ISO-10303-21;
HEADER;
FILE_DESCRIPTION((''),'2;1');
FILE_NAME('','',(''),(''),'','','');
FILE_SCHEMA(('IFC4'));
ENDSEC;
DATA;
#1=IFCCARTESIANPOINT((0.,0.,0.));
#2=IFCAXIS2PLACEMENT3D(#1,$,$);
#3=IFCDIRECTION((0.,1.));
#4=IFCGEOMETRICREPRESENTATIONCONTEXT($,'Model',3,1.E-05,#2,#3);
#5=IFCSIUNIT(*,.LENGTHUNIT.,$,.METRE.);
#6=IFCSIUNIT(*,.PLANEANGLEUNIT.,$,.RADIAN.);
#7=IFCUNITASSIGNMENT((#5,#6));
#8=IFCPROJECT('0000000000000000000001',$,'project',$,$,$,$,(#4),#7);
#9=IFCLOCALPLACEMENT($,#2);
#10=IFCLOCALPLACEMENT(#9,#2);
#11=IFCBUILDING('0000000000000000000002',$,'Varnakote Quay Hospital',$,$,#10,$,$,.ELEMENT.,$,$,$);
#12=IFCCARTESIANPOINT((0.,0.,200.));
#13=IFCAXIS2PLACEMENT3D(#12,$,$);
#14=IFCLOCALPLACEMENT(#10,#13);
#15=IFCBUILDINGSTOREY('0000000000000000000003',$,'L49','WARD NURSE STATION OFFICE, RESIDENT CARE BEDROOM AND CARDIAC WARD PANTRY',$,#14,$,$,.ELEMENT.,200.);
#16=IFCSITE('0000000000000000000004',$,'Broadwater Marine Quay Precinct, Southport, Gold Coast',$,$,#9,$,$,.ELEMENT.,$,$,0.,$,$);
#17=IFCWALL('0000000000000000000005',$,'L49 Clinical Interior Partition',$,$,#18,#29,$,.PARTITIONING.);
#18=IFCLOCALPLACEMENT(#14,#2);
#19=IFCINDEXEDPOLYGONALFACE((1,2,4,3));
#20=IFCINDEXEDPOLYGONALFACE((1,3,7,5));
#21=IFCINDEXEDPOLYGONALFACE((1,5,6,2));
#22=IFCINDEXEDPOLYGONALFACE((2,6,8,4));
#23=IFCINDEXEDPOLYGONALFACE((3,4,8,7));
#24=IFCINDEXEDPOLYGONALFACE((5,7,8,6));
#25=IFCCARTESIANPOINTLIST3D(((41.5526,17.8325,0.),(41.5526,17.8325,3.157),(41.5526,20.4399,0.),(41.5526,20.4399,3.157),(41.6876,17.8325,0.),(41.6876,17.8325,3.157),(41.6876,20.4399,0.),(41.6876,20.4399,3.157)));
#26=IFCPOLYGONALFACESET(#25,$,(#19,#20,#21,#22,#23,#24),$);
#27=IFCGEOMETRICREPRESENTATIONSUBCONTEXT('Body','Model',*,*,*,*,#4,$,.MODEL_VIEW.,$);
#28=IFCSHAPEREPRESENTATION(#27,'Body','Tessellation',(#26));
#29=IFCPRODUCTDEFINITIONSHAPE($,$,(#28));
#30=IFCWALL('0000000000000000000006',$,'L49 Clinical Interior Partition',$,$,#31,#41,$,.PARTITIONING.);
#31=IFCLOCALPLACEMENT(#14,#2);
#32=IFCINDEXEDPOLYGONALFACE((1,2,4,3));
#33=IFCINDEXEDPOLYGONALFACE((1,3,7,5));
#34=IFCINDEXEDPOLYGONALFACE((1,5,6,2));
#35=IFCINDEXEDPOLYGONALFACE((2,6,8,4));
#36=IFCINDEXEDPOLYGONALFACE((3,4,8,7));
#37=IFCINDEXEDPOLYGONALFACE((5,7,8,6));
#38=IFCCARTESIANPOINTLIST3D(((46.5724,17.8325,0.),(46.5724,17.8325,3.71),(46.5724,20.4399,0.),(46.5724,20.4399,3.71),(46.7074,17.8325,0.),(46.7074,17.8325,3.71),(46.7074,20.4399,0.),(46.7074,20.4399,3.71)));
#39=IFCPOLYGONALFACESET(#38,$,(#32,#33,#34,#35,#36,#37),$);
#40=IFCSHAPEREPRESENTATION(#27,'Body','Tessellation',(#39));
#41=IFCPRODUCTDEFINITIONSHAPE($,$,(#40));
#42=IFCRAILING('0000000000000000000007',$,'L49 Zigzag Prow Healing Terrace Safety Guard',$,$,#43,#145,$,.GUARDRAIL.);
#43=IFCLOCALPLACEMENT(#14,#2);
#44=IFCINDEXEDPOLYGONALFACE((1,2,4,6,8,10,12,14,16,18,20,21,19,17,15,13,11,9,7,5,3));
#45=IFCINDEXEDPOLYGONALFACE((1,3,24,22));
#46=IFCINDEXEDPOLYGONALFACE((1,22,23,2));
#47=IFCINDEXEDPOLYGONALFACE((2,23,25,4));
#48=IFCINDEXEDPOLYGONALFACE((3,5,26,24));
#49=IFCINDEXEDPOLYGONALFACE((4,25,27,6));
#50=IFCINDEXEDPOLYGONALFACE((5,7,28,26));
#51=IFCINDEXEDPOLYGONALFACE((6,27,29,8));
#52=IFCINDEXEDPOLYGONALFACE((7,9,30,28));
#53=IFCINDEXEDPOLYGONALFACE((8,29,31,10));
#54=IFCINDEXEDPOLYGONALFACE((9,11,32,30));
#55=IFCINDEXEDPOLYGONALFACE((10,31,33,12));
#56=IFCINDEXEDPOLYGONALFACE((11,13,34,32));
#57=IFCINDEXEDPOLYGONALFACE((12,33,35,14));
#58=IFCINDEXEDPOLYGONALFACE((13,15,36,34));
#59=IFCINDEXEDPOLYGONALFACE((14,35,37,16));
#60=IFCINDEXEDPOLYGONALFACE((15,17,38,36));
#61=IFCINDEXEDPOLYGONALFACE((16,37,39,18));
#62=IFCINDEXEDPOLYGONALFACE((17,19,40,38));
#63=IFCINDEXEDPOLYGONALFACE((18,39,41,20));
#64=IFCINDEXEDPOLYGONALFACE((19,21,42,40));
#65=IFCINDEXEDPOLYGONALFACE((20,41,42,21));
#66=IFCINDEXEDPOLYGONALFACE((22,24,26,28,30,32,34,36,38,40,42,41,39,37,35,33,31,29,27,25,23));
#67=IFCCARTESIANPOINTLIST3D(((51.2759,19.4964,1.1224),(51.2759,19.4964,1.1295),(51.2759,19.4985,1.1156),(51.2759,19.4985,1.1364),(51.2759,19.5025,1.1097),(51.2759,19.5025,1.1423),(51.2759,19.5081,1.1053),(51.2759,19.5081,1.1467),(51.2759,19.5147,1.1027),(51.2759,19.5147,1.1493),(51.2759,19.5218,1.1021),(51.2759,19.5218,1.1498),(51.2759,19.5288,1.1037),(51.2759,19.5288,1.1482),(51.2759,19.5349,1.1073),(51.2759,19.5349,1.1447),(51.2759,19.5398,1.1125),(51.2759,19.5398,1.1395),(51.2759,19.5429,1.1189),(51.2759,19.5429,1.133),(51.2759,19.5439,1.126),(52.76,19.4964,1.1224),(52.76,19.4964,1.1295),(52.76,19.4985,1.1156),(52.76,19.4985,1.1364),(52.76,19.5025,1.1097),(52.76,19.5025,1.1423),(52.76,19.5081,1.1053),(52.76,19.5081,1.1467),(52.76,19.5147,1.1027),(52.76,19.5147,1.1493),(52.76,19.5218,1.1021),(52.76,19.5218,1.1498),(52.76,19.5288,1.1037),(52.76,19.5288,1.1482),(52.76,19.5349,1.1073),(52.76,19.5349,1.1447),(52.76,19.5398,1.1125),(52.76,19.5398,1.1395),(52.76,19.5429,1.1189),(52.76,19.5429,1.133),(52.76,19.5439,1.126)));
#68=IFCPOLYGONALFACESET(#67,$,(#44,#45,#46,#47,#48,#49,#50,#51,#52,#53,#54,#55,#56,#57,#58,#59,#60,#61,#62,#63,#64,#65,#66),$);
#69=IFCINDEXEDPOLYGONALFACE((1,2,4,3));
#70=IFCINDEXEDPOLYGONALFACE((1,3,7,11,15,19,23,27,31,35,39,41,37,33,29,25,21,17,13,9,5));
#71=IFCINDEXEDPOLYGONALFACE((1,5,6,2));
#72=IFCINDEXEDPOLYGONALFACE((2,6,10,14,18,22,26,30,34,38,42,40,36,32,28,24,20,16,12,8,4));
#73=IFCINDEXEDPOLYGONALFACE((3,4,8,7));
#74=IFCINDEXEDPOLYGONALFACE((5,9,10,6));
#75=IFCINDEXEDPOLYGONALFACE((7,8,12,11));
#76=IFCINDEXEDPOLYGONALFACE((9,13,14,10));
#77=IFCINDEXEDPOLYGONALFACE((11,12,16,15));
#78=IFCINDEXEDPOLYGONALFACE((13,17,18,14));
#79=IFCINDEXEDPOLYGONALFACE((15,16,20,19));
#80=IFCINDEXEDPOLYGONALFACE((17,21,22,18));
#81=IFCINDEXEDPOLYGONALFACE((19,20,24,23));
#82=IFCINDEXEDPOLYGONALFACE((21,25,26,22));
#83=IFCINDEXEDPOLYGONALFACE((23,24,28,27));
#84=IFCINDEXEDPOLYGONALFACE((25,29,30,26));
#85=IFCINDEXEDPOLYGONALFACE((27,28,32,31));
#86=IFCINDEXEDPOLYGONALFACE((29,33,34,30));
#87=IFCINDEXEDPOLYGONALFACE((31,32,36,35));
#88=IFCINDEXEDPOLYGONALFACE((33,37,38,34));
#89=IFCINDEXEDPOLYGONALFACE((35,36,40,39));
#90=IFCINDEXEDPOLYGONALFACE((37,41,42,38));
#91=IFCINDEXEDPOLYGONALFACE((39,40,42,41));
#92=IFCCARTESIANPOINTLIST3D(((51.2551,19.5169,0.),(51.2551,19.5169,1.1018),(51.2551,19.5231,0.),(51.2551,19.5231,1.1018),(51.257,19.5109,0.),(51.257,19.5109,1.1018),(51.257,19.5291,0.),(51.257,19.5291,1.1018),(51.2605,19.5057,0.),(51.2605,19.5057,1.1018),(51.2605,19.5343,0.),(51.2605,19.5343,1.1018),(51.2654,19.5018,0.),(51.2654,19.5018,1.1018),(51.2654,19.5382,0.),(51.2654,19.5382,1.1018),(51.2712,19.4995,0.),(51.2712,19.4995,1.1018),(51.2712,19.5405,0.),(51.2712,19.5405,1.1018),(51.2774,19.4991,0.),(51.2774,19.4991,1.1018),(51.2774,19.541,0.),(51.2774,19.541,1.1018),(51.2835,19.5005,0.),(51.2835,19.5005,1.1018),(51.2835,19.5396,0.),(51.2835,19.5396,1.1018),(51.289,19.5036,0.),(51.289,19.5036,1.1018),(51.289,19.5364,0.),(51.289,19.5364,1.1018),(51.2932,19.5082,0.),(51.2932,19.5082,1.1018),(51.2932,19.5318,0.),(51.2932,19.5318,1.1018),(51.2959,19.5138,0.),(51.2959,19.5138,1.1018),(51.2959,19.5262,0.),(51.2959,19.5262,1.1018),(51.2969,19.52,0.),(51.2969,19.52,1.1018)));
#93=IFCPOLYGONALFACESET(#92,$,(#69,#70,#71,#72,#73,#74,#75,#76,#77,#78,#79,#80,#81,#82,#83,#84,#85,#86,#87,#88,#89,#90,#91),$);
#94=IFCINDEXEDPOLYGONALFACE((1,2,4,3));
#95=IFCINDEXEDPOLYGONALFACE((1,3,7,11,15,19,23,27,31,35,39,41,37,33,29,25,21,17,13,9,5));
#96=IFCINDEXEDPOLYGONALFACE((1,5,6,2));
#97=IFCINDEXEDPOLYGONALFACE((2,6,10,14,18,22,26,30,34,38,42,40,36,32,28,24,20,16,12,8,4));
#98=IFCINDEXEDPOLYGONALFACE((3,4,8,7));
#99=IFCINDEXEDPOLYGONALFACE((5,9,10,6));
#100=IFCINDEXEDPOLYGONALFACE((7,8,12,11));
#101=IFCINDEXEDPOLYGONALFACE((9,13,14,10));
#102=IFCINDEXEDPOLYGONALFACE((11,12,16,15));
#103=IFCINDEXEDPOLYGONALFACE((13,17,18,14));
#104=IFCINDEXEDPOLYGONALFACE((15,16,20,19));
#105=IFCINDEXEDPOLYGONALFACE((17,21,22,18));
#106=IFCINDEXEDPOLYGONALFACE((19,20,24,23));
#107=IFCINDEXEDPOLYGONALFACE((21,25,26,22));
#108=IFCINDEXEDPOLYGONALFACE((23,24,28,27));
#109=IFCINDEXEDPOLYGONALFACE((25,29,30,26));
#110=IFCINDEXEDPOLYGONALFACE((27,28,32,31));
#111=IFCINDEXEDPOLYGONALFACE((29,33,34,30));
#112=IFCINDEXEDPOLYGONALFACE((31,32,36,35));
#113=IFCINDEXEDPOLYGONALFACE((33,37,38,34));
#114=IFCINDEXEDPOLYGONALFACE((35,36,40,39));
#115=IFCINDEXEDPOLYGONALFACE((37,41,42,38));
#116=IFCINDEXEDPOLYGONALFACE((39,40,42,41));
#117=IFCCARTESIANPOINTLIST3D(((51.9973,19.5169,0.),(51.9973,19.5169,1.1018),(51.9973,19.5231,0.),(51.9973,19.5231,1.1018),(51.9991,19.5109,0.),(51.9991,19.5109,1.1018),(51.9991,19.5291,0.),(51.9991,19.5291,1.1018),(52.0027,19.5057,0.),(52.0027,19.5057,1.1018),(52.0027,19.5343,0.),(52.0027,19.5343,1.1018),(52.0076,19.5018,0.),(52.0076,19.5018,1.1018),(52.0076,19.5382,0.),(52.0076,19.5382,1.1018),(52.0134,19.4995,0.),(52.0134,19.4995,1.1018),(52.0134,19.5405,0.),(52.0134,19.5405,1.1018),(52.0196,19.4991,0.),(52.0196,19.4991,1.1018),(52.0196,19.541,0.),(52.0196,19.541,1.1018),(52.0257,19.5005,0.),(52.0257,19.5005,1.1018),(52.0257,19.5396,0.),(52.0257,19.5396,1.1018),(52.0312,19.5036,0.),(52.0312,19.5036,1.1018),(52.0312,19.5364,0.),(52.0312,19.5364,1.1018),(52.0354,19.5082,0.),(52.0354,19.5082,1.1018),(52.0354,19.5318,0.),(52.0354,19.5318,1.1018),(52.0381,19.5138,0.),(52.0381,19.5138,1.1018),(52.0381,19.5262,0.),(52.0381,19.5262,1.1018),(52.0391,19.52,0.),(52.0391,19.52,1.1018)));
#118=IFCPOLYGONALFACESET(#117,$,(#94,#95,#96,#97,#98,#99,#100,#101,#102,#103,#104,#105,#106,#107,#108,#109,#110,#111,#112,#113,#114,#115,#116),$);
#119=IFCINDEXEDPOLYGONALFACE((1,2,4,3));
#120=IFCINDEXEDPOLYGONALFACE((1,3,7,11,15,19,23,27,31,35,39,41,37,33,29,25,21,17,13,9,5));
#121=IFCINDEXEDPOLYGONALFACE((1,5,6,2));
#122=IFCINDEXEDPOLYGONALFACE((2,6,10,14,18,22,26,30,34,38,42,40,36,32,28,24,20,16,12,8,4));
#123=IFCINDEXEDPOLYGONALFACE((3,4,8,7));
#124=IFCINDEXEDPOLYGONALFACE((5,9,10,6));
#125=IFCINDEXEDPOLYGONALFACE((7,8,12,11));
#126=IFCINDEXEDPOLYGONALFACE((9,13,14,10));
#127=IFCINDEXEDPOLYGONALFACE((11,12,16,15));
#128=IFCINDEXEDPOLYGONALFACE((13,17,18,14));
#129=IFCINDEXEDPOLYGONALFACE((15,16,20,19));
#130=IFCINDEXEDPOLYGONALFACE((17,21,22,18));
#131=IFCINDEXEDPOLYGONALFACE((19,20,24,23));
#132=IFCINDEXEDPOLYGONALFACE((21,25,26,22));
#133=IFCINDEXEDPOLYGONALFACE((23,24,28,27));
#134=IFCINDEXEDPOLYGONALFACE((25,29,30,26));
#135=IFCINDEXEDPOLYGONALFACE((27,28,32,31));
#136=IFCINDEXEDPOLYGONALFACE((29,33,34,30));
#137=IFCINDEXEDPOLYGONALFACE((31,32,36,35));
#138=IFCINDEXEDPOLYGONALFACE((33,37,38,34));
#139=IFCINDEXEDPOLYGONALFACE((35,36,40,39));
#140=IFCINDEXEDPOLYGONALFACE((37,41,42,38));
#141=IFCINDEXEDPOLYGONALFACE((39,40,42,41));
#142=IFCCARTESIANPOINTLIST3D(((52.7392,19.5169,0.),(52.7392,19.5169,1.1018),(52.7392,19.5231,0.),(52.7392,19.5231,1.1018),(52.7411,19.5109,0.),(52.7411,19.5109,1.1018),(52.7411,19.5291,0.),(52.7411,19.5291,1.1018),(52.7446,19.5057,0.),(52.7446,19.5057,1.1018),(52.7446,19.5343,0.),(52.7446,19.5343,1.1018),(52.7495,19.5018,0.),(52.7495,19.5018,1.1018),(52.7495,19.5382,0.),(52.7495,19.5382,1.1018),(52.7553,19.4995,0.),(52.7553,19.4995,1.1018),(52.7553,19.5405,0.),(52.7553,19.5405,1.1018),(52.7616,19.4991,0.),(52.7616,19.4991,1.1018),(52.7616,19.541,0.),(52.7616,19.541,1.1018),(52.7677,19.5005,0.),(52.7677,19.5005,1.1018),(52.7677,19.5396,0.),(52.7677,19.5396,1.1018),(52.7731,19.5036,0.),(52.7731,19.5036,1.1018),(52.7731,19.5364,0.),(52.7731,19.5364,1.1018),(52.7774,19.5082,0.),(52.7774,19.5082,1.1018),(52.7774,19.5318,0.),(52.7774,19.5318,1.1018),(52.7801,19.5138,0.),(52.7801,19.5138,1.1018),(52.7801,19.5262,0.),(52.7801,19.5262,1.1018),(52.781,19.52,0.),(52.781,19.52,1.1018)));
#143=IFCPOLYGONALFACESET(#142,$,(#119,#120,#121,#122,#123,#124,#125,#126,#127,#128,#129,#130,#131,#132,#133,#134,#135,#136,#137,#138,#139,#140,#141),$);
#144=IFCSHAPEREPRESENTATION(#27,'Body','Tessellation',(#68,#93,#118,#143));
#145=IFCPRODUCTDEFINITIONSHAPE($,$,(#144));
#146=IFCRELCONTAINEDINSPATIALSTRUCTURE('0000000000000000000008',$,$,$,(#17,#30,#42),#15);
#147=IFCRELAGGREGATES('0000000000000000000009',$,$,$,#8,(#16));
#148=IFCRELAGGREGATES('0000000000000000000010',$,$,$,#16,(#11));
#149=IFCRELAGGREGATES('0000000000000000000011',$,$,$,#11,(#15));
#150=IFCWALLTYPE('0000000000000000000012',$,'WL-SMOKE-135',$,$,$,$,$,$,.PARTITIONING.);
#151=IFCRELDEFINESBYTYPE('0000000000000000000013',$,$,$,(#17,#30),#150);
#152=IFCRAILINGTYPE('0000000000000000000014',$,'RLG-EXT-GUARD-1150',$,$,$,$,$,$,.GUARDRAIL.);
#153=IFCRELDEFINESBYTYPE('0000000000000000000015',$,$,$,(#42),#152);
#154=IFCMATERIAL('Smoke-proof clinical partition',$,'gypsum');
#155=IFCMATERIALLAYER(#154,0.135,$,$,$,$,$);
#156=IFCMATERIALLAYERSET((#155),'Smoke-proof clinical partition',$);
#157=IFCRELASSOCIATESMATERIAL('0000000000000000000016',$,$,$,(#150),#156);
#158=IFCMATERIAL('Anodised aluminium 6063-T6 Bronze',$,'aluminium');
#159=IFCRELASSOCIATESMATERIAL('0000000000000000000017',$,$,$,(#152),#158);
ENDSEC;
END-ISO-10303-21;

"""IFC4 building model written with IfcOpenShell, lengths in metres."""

from ifc_helpers import new_model, si_unit, direction, frame, frame_2d, origin, origin_2d, place, context, subcontext, project, spatial, rectangle, circle, extrude, material, layer, layer_set, type_object, element, save


model = new_model("IFC4")

# Units and contexts
model_context = context("Model", 3, precision=1e-05, world=origin(), true_north=direction((0.0, 1.0)))
body_context = subcontext(model_context, "Body", "Model", "MODEL_VIEW")
ifc_project = project(units=[si_unit("LENGTHUNIT", "METRE"), si_unit("PLANEANGLEUNIT", "RADIAN")], contexts=[model_context])

# Site, building, storey
site_placement = place(None, origin())
site = spatial("IfcSite", under=ifc_project, at=site_placement, Name="Broadwater Marine Quay Precinct, Southport, Gold Coast", CompositionType="ELEMENT", RefElevation=0.0)
building_placement = place(site_placement, origin())
building = spatial("IfcBuilding", under=site, at=building_placement, Name="Varnakote Quay Hospital", CompositionType="ELEMENT")
storey_placement = place(building_placement, frame((0.0, 0.0, 200.0)))
storey = spatial("IfcBuildingStorey", under=building, at=storey_placement, Name="L49", Description="WARD NURSE STATION OFFICE, RESIDENT CARE BEDROOM AND CARDIAC WARD PANTRY", CompositionType="ELEMENT", Elevation=200.0)

# Walls
ifc_material_1 = material(Name="Smoke-proof clinical partition", Category="gypsum")
ifc_layer_1 = layer(ifc_material_1, 0.135)
ifc_layer_set_1 = layer_set([ifc_layer_1], Name="Smoke-proof clinical partition")
wall_type_1 = type_object("IfcWallType", Name="WL-SMOKE-135", PredefinedType="PARTITIONING", material=ifc_layer_set_1)
wall_1_placement = place(storey_placement, frame((41.6201, 17.8325, 0.0), z_axis=(0.0, 0.0, 1.0), x_axis=(0.0, 1.0, 0.0)))
element("IfcWall", 1, at=wall_1_placement, inside=storey, type_object=wall_type_1, Name="L49 Clinical Interior Partition", PredefinedType="PARTITIONING", context=body_context, shape_type="SweptSolid", body=[
    extrude(rectangle(XDim=2.6074, YDim=0.135, at=frame_2d((1.3037, 0.0))), origin(), (0.0, 0.0, 1.0), 3.157),
])
wall_2_placement = place(storey_placement, frame((46.6399, 17.8325, 0.0), z_axis=(0.0, 0.0, 1.0), x_axis=(0.0, 1.0, 0.0)))
element("IfcWall", 2, at=wall_2_placement, inside=storey, type_object=wall_type_1, Name="L49 Clinical Interior Partition", PredefinedType="PARTITIONING", context=body_context, shape_type="SweptSolid", body=[
    extrude(rectangle(XDim=2.6074, YDim=0.135, at=frame_2d((1.3037, 0.0))), origin(), (0.0, 0.0, 1.0), 3.71),
])

# Railing
ifc_material_2 = material(Name="Anodised aluminium 6063-T6 Bronze", Category="aluminium")
railing_type = type_object("IfcRailingType", Name="RLG-EXT-GUARD-1150", PredefinedType="GUARDRAIL", material=ifc_material_2)
railing_1_placement = place(storey_placement, frame((51.2759, 19.52, 0.0)))
element("IfcRailing", 3, at=railing_1_placement, inside=storey, type_object=railing_type, Name="L49 Zigzag Prow Healing Terrace Safety Guard", PredefinedType="GUARDRAIL", context=body_context, shape_type="SweptSolid", body=[
    extrude(circle(Radius=0.0239, at=origin_2d()), frame((0.0, 0.0, 1.126), z_axis=(1.0, 0.0, 0.0), x_axis=(0.0, 1.0, 0.0)), (0.0, 0.0, 1.0), 1.4841),
    extrude(circle(Radius=0.021, at=origin_2d()), origin(), (0.0, 0.0, 1.0), 1.1018),
    extrude(circle(Radius=0.021, at=origin_2d()), frame((0.7422, 0.0, 0.0)), (0.0, 0.0, 1.0), 1.1018),
    extrude(circle(Radius=0.021, at=origin_2d()), frame((1.4841, 0.0, 0.0)), (0.0, 0.0, 1.0), 1.1018),
])

save(model, "model.ifc")
